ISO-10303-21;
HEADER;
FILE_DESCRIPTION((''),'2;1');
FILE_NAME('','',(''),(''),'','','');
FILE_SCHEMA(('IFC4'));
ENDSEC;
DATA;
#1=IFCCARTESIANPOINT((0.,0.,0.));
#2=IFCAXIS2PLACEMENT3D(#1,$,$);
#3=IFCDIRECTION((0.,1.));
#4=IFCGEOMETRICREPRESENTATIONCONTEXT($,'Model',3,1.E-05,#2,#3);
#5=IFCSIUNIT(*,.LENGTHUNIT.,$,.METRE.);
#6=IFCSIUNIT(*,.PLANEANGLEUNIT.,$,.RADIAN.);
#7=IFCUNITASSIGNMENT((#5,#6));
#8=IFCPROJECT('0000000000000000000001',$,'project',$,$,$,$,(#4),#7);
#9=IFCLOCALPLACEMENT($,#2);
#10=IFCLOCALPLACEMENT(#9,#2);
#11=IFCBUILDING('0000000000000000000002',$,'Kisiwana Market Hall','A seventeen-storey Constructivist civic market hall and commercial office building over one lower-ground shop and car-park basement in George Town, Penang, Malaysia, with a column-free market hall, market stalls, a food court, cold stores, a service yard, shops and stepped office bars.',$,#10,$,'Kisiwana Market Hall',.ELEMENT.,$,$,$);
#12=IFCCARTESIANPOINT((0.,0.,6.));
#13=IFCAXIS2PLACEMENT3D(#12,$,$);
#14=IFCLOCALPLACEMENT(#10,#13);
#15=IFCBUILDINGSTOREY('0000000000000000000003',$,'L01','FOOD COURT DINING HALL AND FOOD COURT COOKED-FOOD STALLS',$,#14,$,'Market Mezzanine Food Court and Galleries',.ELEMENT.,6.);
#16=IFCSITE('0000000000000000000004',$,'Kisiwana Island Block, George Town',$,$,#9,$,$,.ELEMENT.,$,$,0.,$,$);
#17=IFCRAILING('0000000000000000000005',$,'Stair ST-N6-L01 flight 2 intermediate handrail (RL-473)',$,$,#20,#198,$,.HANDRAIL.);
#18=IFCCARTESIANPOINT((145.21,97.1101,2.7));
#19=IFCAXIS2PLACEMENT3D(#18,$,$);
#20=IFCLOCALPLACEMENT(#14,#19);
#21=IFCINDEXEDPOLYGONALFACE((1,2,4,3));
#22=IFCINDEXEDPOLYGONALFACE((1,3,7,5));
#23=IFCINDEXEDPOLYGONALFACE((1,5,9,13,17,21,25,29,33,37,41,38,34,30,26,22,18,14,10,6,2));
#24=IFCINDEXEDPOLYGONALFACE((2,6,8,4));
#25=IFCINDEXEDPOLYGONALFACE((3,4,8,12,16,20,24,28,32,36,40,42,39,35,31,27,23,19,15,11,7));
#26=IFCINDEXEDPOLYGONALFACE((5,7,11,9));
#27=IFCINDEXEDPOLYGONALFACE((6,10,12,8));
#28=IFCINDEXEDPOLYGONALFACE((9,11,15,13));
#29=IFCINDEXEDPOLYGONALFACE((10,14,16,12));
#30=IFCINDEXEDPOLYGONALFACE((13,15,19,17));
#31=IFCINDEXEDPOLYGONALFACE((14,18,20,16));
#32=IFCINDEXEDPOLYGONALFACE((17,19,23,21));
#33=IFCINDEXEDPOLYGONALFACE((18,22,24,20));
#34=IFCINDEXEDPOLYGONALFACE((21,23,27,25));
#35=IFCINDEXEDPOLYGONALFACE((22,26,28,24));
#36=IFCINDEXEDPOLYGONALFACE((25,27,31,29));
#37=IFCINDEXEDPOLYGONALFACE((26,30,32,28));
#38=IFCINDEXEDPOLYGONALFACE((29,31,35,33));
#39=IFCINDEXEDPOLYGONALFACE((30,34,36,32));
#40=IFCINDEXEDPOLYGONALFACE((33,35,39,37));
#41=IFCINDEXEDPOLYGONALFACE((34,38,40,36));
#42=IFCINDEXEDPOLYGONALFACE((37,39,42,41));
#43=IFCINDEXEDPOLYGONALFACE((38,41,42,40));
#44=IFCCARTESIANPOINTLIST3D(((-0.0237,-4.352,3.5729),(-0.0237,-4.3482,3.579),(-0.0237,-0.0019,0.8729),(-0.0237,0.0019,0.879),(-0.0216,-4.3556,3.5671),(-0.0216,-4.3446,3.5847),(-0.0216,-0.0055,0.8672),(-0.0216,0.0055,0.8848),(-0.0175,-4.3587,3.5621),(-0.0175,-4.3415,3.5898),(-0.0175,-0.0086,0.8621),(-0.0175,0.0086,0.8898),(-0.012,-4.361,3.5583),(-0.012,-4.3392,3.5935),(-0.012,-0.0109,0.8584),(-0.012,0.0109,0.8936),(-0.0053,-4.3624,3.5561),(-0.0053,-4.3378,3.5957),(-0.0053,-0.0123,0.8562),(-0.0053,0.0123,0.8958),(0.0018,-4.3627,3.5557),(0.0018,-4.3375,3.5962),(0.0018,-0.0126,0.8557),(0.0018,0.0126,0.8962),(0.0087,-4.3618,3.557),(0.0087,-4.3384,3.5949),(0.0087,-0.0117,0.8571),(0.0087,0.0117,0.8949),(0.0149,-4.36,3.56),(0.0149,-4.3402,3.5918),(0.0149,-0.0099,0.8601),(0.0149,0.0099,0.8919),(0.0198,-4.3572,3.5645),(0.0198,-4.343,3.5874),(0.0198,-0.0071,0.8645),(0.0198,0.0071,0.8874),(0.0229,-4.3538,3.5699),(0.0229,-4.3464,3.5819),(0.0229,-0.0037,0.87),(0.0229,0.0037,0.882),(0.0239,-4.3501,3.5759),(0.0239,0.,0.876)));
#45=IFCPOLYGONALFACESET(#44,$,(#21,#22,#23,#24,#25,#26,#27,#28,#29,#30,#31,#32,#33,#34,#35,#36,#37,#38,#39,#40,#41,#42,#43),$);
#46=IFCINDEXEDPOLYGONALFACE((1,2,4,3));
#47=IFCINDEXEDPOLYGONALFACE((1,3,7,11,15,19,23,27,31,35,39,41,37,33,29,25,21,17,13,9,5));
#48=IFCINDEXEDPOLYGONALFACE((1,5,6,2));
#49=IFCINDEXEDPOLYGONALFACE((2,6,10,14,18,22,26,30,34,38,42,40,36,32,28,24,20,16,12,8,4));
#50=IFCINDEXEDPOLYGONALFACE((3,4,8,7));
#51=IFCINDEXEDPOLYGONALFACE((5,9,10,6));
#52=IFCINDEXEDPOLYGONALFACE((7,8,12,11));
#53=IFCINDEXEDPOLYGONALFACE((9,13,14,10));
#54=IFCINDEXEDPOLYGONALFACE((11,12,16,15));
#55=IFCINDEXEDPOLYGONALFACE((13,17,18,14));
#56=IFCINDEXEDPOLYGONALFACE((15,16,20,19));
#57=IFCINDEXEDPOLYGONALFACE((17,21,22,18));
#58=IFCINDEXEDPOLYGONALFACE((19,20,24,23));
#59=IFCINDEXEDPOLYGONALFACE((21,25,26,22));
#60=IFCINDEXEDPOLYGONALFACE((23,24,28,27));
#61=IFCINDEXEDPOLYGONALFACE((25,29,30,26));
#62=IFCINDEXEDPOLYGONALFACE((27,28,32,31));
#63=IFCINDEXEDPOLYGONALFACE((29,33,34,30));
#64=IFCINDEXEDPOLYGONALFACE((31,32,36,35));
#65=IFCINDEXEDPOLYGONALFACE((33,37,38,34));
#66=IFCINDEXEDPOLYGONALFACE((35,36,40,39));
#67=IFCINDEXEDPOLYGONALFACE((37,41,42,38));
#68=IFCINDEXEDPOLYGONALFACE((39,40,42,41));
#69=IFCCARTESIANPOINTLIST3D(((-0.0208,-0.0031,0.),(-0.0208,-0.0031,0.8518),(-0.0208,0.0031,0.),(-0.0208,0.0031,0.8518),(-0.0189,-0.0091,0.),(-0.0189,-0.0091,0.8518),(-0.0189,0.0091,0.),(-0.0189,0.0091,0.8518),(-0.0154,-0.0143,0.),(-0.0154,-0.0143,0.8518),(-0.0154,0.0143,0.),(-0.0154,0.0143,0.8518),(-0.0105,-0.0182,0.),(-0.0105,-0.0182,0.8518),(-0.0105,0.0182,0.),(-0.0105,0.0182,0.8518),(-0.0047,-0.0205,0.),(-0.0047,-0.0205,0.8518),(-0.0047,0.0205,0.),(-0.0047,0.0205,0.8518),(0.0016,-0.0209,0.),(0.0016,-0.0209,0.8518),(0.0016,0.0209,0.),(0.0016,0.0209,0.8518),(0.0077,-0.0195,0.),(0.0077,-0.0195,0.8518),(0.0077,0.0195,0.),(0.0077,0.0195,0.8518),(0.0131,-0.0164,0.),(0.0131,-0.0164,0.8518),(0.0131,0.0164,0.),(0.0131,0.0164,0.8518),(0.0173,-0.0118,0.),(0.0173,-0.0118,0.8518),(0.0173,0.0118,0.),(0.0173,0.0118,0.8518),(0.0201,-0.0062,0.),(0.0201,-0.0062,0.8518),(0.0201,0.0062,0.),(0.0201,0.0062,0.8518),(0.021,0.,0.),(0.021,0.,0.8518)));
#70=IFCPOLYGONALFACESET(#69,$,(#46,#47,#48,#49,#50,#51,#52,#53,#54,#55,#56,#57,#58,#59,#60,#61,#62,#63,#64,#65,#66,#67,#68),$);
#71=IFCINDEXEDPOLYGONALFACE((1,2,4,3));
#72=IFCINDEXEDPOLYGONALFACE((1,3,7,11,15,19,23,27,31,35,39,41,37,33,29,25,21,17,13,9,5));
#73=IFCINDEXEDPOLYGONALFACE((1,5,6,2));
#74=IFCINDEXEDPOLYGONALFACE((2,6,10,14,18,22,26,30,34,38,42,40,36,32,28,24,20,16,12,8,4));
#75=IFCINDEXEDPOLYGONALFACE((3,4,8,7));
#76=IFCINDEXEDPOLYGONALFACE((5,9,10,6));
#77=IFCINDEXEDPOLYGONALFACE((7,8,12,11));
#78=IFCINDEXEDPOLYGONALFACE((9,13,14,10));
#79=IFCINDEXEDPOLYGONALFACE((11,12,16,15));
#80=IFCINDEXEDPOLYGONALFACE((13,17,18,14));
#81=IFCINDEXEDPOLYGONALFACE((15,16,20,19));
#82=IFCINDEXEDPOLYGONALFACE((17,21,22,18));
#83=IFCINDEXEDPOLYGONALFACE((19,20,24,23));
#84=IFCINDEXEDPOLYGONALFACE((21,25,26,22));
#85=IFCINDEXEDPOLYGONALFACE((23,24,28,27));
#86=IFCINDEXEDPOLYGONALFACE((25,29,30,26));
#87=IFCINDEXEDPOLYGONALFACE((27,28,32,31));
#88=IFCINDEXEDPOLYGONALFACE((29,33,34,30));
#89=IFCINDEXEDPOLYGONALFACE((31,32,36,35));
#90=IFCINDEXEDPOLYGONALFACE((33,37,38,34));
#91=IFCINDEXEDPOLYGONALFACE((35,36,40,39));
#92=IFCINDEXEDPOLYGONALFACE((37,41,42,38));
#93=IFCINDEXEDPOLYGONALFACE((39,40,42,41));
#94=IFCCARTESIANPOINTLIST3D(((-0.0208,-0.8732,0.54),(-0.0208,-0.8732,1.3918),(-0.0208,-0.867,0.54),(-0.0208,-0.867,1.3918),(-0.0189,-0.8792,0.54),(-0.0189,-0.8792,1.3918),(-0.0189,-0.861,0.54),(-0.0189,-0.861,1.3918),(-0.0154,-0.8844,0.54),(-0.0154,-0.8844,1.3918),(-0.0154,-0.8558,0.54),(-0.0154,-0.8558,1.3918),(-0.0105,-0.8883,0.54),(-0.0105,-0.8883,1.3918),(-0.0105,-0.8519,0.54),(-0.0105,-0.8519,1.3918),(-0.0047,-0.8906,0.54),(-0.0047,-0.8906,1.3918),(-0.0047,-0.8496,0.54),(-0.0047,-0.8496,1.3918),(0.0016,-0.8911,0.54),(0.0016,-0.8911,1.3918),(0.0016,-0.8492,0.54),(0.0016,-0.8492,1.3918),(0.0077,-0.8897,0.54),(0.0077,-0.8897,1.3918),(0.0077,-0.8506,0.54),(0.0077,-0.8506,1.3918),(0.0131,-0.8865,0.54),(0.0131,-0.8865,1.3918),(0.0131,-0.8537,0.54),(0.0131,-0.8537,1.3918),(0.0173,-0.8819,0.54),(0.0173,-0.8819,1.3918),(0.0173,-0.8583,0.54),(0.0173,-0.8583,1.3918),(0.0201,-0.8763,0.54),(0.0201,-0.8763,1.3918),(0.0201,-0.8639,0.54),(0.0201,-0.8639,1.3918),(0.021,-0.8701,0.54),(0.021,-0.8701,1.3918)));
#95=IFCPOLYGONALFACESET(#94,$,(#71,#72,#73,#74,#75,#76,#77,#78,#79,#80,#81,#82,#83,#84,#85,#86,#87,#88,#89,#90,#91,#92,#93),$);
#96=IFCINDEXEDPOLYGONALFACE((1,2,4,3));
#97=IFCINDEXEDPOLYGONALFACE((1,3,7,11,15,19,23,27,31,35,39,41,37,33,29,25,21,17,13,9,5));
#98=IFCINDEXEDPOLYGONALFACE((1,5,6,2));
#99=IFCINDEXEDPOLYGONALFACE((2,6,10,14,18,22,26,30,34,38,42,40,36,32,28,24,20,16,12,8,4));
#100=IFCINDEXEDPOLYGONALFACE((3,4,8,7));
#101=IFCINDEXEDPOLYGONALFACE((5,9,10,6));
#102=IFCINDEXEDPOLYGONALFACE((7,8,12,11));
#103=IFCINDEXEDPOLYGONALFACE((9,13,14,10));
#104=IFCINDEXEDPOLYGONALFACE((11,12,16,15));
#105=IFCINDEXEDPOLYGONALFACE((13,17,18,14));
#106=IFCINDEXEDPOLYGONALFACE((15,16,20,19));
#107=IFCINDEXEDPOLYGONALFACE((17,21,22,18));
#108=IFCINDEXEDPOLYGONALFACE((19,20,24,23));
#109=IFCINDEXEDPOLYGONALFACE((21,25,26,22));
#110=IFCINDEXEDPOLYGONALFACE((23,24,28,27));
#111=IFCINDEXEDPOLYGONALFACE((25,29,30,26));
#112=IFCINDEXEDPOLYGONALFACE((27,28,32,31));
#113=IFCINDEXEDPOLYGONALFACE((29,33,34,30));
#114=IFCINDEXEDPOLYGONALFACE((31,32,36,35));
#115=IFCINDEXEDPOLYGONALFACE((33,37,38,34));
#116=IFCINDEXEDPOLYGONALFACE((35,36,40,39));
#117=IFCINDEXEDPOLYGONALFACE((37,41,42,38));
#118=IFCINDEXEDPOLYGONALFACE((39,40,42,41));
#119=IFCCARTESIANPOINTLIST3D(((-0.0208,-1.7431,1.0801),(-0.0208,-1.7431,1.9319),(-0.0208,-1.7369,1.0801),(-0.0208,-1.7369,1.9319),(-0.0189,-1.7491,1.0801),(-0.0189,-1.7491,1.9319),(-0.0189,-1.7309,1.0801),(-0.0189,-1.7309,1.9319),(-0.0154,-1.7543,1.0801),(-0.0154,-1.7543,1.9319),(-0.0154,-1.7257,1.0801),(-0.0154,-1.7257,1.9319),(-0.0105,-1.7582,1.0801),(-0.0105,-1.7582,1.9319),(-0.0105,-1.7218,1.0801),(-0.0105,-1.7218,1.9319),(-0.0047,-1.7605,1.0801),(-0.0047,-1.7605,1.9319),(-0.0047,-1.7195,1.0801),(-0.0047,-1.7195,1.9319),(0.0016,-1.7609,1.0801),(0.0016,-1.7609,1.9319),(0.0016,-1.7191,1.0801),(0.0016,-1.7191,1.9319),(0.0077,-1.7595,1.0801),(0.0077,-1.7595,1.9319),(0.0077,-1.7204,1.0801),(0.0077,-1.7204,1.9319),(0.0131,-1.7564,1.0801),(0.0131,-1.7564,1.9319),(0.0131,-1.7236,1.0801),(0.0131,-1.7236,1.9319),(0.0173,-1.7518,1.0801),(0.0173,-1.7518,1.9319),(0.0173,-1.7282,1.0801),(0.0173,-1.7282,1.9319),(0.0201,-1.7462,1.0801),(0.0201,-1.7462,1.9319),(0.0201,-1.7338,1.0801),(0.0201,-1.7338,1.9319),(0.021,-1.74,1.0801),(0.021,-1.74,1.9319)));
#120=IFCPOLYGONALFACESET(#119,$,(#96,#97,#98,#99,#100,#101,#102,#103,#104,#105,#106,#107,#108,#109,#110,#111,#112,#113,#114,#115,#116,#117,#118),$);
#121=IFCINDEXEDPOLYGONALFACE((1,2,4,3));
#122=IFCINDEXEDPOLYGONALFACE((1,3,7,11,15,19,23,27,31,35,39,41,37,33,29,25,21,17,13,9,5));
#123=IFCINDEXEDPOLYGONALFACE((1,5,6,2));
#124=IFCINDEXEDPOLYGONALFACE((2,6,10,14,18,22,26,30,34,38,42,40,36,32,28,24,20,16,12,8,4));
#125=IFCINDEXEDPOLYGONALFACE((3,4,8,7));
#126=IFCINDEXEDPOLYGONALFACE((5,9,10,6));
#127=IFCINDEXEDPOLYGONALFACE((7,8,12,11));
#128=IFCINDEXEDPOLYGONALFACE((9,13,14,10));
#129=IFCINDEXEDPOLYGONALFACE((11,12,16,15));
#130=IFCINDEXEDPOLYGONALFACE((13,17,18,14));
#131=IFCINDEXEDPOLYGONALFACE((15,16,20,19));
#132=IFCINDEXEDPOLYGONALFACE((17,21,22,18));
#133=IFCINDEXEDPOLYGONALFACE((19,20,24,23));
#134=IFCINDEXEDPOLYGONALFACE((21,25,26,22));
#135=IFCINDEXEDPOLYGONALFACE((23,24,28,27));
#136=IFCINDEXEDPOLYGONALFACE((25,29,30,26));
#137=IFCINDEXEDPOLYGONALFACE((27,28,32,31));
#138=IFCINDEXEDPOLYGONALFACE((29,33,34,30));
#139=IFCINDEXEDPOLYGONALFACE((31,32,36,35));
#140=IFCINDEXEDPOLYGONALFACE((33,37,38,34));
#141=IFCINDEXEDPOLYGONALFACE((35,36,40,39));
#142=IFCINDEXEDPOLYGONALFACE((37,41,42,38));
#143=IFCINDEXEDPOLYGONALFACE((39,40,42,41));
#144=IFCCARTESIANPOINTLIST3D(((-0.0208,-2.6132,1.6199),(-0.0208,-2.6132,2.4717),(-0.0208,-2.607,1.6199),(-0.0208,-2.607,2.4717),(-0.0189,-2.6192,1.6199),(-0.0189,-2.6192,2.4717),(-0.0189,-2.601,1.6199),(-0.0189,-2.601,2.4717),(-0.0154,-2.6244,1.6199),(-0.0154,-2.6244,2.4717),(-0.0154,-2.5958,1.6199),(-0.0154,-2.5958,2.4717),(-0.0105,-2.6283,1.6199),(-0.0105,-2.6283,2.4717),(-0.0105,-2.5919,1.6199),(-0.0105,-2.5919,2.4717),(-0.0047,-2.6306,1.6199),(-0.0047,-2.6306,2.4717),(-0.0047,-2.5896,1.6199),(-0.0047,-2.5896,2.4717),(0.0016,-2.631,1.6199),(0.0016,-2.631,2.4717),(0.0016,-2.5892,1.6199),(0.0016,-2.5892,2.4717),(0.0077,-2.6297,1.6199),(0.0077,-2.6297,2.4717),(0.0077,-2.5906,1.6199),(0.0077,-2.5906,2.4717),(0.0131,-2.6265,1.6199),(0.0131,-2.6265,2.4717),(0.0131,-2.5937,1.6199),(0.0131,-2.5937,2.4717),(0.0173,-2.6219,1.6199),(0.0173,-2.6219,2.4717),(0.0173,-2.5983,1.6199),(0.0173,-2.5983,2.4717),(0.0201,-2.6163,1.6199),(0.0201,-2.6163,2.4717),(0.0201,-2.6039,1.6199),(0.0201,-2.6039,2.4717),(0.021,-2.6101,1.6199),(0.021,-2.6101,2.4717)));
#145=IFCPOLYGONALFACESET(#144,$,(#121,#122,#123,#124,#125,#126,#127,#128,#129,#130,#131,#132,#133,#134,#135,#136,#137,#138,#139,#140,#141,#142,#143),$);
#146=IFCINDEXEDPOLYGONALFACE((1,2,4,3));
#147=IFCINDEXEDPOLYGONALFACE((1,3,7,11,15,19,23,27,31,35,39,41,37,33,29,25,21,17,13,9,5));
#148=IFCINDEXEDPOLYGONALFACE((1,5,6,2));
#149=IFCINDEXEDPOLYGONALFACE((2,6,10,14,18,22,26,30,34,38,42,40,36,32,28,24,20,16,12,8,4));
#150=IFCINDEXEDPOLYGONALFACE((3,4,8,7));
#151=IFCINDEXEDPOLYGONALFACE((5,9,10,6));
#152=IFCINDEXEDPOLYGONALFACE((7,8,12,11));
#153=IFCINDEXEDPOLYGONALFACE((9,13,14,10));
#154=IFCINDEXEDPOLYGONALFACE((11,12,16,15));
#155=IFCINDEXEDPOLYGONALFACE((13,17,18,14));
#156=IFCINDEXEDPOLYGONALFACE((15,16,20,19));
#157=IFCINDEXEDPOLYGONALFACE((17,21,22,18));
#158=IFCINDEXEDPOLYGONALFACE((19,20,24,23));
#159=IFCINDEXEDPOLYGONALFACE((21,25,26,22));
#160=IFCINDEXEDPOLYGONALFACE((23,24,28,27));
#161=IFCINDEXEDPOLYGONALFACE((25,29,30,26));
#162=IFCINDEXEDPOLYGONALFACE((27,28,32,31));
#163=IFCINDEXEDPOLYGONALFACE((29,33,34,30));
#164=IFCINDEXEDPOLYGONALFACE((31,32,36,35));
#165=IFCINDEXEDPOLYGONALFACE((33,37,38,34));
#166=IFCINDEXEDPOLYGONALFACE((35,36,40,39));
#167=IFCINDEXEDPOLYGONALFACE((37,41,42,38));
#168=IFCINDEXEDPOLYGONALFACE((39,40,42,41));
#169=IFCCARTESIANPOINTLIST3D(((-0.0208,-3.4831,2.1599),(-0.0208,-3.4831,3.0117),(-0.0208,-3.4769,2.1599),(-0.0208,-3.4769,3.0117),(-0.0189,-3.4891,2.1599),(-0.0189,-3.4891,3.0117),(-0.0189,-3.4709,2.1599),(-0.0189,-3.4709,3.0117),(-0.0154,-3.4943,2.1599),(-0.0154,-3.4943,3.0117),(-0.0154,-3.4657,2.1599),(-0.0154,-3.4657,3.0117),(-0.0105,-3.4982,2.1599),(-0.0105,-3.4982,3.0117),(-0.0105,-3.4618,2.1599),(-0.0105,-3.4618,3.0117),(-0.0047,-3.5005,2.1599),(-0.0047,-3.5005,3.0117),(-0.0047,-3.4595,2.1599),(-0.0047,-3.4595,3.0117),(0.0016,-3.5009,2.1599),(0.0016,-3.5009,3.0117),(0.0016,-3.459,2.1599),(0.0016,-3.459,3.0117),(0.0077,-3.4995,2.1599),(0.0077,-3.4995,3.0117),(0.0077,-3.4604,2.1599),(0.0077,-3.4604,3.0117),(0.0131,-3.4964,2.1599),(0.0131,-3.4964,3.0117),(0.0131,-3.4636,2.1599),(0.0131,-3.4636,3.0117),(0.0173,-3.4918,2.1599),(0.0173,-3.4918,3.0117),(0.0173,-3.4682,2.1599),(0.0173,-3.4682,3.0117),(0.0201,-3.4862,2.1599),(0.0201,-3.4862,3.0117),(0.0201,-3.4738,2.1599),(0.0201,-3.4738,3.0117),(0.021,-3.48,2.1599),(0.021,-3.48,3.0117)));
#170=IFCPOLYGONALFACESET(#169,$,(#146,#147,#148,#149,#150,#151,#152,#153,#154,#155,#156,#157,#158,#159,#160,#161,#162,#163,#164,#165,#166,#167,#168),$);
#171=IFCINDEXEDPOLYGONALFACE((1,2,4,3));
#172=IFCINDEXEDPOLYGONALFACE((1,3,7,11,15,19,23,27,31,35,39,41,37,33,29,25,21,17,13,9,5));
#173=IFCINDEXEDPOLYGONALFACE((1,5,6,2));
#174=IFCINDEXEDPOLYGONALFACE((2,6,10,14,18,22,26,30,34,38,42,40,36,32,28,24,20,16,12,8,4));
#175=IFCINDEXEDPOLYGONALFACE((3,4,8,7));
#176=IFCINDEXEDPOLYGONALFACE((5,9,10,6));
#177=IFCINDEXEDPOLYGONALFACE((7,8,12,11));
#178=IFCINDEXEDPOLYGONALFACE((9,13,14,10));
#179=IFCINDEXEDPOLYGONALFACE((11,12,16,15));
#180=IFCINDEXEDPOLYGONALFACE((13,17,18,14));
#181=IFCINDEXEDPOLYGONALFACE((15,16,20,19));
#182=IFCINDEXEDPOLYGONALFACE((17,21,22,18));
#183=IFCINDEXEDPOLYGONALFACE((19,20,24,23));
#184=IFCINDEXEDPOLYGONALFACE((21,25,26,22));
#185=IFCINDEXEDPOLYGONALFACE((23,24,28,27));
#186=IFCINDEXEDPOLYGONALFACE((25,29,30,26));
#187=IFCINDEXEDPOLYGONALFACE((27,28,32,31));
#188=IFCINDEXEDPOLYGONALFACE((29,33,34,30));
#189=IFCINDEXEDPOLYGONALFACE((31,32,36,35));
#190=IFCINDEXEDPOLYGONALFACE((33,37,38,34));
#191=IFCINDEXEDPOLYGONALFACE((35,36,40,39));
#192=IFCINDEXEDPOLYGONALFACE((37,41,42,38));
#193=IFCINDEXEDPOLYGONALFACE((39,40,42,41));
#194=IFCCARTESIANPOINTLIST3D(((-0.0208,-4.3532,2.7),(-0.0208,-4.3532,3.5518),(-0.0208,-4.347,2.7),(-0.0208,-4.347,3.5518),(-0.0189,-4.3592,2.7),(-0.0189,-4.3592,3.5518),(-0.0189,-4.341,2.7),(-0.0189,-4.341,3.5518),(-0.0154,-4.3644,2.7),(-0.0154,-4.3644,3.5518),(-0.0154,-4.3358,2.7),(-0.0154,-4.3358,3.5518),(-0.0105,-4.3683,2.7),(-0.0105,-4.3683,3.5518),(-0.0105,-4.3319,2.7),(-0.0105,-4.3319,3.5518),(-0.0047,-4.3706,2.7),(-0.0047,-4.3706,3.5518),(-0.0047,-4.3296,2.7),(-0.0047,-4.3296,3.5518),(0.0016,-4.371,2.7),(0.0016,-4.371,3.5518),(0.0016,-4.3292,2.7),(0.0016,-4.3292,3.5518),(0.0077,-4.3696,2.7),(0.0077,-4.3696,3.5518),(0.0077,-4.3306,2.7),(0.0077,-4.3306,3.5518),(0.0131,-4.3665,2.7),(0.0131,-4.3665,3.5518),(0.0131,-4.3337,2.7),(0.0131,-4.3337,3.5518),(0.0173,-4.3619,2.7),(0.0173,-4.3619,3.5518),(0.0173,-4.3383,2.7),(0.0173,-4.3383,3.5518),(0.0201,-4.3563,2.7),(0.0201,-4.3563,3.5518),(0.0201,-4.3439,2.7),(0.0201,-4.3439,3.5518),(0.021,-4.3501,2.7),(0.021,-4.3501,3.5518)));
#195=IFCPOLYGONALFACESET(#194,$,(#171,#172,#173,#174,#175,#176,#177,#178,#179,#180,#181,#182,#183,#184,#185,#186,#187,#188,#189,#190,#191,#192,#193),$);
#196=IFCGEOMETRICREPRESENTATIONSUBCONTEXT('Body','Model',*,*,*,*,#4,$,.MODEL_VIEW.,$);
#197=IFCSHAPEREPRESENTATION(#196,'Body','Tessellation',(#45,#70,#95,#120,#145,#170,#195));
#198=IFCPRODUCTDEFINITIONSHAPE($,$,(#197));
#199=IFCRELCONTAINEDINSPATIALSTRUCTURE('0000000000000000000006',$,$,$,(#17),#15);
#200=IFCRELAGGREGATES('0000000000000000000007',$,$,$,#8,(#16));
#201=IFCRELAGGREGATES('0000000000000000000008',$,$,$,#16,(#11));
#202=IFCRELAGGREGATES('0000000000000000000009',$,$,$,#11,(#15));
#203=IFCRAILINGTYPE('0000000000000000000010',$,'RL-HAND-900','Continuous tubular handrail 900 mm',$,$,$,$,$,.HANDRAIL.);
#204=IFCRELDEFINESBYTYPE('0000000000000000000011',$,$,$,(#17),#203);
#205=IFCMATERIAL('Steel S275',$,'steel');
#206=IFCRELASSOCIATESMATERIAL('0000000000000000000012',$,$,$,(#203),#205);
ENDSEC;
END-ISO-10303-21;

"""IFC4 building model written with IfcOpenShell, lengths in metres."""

from ifc_helpers import new_model, si_unit, direction, frame, origin, origin_2d, place, context, subcontext, project, spatial, circle, extrude, material, type_object, element, save


model = new_model("IFC4")

# Units and contexts
model_context = context("Model", 3, precision=1e-05, world=origin(), true_north=direction((0.0, 1.0)))
body_context = subcontext(model_context, "Body", "Model", "MODEL_VIEW")
ifc_project = project(units=[si_unit("LENGTHUNIT", "METRE"), si_unit("PLANEANGLEUNIT", "RADIAN")], contexts=[model_context])

# Site, building, storey
site_placement = place(None, origin())
site = spatial("IfcSite", under=ifc_project, at=site_placement, Name="Kisiwana Island Block, George Town", CompositionType="ELEMENT", RefElevation=0.0)
building_placement = place(site_placement, origin())
building = spatial("IfcBuilding", under=site, at=building_placement, Name="Kisiwana Market Hall", Description="A seventeen-storey Constructivist civic market hall and commercial office building over one lower-ground shop and car-park basement in George Town, Penang, Malaysia, with a column-free market hall, market stalls, a food court, cold stores, a service yard, shops and stepped office bars.", LongName="Kisiwana Market Hall", CompositionType="ELEMENT")
storey_placement = place(building_placement, frame((0.0, 0.0, 6.0)))
storey = spatial("IfcBuildingStorey", under=building, at=storey_placement, Name="L01", Description="FOOD COURT DINING HALL AND FOOD COURT COOKED-FOOD STALLS", LongName="Market Mezzanine Food Court and Galleries", CompositionType="ELEMENT", Elevation=6.0)

# Railing
ifc_material_1 = material(Name="Steel S275", Category="steel")
railing_type_1 = type_object("IfcRailingType", Name="RL-HAND-900", Description="Continuous tubular handrail 900 mm", PredefinedType="HANDRAIL", material=ifc_material_1)
railing_1_placement = place(storey_placement, frame((145.21, 97.1101, 2.7)))
element("IfcRailing", 1, at=railing_1_placement, inside=storey, type_object=railing_type_1, Name="Stair ST-N6-L01 flight 2 intermediate handrail (RL-473)", PredefinedType="HANDRAIL", context=body_context, shape_type="SweptSolid", body=[
    extrude(circle(Radius=0.0239, at=origin_2d()), frame((0.0, 0.0, 0.876), z_axis=(0.0, -0.84965, 0.527347), x_axis=(1.0, 0.0, 0.0)), (0.0, 0.0, 1.0), 5.1199),
    extrude(circle(Radius=0.021, at=origin_2d()), origin(), (0.0, 0.0, 1.0), 0.8518),
    extrude(circle(Radius=0.021, at=origin_2d()), frame((0.0, -0.8701, 0.54)), (0.0, 0.0, 1.0), 0.8518),
    extrude(circle(Radius=0.021, at=origin_2d()), frame((0.0, -1.74, 1.0801)), (0.0, 0.0, 1.0), 0.8518),
    extrude(circle(Radius=0.021, at=origin_2d()), frame((0.0, -2.6101, 1.6199)), (0.0, 0.0, 1.0), 0.8518),
    extrude(circle(Radius=0.021, at=origin_2d()), frame((0.0, -3.48, 2.1599)), (0.0, 0.0, 1.0), 0.8518),
    extrude(circle(Radius=0.021, at=origin_2d()), frame((0.0, -4.3501, 2.7)), (0.0, 0.0, 1.0), 0.8518),
])

save(model, "model.ifc")
